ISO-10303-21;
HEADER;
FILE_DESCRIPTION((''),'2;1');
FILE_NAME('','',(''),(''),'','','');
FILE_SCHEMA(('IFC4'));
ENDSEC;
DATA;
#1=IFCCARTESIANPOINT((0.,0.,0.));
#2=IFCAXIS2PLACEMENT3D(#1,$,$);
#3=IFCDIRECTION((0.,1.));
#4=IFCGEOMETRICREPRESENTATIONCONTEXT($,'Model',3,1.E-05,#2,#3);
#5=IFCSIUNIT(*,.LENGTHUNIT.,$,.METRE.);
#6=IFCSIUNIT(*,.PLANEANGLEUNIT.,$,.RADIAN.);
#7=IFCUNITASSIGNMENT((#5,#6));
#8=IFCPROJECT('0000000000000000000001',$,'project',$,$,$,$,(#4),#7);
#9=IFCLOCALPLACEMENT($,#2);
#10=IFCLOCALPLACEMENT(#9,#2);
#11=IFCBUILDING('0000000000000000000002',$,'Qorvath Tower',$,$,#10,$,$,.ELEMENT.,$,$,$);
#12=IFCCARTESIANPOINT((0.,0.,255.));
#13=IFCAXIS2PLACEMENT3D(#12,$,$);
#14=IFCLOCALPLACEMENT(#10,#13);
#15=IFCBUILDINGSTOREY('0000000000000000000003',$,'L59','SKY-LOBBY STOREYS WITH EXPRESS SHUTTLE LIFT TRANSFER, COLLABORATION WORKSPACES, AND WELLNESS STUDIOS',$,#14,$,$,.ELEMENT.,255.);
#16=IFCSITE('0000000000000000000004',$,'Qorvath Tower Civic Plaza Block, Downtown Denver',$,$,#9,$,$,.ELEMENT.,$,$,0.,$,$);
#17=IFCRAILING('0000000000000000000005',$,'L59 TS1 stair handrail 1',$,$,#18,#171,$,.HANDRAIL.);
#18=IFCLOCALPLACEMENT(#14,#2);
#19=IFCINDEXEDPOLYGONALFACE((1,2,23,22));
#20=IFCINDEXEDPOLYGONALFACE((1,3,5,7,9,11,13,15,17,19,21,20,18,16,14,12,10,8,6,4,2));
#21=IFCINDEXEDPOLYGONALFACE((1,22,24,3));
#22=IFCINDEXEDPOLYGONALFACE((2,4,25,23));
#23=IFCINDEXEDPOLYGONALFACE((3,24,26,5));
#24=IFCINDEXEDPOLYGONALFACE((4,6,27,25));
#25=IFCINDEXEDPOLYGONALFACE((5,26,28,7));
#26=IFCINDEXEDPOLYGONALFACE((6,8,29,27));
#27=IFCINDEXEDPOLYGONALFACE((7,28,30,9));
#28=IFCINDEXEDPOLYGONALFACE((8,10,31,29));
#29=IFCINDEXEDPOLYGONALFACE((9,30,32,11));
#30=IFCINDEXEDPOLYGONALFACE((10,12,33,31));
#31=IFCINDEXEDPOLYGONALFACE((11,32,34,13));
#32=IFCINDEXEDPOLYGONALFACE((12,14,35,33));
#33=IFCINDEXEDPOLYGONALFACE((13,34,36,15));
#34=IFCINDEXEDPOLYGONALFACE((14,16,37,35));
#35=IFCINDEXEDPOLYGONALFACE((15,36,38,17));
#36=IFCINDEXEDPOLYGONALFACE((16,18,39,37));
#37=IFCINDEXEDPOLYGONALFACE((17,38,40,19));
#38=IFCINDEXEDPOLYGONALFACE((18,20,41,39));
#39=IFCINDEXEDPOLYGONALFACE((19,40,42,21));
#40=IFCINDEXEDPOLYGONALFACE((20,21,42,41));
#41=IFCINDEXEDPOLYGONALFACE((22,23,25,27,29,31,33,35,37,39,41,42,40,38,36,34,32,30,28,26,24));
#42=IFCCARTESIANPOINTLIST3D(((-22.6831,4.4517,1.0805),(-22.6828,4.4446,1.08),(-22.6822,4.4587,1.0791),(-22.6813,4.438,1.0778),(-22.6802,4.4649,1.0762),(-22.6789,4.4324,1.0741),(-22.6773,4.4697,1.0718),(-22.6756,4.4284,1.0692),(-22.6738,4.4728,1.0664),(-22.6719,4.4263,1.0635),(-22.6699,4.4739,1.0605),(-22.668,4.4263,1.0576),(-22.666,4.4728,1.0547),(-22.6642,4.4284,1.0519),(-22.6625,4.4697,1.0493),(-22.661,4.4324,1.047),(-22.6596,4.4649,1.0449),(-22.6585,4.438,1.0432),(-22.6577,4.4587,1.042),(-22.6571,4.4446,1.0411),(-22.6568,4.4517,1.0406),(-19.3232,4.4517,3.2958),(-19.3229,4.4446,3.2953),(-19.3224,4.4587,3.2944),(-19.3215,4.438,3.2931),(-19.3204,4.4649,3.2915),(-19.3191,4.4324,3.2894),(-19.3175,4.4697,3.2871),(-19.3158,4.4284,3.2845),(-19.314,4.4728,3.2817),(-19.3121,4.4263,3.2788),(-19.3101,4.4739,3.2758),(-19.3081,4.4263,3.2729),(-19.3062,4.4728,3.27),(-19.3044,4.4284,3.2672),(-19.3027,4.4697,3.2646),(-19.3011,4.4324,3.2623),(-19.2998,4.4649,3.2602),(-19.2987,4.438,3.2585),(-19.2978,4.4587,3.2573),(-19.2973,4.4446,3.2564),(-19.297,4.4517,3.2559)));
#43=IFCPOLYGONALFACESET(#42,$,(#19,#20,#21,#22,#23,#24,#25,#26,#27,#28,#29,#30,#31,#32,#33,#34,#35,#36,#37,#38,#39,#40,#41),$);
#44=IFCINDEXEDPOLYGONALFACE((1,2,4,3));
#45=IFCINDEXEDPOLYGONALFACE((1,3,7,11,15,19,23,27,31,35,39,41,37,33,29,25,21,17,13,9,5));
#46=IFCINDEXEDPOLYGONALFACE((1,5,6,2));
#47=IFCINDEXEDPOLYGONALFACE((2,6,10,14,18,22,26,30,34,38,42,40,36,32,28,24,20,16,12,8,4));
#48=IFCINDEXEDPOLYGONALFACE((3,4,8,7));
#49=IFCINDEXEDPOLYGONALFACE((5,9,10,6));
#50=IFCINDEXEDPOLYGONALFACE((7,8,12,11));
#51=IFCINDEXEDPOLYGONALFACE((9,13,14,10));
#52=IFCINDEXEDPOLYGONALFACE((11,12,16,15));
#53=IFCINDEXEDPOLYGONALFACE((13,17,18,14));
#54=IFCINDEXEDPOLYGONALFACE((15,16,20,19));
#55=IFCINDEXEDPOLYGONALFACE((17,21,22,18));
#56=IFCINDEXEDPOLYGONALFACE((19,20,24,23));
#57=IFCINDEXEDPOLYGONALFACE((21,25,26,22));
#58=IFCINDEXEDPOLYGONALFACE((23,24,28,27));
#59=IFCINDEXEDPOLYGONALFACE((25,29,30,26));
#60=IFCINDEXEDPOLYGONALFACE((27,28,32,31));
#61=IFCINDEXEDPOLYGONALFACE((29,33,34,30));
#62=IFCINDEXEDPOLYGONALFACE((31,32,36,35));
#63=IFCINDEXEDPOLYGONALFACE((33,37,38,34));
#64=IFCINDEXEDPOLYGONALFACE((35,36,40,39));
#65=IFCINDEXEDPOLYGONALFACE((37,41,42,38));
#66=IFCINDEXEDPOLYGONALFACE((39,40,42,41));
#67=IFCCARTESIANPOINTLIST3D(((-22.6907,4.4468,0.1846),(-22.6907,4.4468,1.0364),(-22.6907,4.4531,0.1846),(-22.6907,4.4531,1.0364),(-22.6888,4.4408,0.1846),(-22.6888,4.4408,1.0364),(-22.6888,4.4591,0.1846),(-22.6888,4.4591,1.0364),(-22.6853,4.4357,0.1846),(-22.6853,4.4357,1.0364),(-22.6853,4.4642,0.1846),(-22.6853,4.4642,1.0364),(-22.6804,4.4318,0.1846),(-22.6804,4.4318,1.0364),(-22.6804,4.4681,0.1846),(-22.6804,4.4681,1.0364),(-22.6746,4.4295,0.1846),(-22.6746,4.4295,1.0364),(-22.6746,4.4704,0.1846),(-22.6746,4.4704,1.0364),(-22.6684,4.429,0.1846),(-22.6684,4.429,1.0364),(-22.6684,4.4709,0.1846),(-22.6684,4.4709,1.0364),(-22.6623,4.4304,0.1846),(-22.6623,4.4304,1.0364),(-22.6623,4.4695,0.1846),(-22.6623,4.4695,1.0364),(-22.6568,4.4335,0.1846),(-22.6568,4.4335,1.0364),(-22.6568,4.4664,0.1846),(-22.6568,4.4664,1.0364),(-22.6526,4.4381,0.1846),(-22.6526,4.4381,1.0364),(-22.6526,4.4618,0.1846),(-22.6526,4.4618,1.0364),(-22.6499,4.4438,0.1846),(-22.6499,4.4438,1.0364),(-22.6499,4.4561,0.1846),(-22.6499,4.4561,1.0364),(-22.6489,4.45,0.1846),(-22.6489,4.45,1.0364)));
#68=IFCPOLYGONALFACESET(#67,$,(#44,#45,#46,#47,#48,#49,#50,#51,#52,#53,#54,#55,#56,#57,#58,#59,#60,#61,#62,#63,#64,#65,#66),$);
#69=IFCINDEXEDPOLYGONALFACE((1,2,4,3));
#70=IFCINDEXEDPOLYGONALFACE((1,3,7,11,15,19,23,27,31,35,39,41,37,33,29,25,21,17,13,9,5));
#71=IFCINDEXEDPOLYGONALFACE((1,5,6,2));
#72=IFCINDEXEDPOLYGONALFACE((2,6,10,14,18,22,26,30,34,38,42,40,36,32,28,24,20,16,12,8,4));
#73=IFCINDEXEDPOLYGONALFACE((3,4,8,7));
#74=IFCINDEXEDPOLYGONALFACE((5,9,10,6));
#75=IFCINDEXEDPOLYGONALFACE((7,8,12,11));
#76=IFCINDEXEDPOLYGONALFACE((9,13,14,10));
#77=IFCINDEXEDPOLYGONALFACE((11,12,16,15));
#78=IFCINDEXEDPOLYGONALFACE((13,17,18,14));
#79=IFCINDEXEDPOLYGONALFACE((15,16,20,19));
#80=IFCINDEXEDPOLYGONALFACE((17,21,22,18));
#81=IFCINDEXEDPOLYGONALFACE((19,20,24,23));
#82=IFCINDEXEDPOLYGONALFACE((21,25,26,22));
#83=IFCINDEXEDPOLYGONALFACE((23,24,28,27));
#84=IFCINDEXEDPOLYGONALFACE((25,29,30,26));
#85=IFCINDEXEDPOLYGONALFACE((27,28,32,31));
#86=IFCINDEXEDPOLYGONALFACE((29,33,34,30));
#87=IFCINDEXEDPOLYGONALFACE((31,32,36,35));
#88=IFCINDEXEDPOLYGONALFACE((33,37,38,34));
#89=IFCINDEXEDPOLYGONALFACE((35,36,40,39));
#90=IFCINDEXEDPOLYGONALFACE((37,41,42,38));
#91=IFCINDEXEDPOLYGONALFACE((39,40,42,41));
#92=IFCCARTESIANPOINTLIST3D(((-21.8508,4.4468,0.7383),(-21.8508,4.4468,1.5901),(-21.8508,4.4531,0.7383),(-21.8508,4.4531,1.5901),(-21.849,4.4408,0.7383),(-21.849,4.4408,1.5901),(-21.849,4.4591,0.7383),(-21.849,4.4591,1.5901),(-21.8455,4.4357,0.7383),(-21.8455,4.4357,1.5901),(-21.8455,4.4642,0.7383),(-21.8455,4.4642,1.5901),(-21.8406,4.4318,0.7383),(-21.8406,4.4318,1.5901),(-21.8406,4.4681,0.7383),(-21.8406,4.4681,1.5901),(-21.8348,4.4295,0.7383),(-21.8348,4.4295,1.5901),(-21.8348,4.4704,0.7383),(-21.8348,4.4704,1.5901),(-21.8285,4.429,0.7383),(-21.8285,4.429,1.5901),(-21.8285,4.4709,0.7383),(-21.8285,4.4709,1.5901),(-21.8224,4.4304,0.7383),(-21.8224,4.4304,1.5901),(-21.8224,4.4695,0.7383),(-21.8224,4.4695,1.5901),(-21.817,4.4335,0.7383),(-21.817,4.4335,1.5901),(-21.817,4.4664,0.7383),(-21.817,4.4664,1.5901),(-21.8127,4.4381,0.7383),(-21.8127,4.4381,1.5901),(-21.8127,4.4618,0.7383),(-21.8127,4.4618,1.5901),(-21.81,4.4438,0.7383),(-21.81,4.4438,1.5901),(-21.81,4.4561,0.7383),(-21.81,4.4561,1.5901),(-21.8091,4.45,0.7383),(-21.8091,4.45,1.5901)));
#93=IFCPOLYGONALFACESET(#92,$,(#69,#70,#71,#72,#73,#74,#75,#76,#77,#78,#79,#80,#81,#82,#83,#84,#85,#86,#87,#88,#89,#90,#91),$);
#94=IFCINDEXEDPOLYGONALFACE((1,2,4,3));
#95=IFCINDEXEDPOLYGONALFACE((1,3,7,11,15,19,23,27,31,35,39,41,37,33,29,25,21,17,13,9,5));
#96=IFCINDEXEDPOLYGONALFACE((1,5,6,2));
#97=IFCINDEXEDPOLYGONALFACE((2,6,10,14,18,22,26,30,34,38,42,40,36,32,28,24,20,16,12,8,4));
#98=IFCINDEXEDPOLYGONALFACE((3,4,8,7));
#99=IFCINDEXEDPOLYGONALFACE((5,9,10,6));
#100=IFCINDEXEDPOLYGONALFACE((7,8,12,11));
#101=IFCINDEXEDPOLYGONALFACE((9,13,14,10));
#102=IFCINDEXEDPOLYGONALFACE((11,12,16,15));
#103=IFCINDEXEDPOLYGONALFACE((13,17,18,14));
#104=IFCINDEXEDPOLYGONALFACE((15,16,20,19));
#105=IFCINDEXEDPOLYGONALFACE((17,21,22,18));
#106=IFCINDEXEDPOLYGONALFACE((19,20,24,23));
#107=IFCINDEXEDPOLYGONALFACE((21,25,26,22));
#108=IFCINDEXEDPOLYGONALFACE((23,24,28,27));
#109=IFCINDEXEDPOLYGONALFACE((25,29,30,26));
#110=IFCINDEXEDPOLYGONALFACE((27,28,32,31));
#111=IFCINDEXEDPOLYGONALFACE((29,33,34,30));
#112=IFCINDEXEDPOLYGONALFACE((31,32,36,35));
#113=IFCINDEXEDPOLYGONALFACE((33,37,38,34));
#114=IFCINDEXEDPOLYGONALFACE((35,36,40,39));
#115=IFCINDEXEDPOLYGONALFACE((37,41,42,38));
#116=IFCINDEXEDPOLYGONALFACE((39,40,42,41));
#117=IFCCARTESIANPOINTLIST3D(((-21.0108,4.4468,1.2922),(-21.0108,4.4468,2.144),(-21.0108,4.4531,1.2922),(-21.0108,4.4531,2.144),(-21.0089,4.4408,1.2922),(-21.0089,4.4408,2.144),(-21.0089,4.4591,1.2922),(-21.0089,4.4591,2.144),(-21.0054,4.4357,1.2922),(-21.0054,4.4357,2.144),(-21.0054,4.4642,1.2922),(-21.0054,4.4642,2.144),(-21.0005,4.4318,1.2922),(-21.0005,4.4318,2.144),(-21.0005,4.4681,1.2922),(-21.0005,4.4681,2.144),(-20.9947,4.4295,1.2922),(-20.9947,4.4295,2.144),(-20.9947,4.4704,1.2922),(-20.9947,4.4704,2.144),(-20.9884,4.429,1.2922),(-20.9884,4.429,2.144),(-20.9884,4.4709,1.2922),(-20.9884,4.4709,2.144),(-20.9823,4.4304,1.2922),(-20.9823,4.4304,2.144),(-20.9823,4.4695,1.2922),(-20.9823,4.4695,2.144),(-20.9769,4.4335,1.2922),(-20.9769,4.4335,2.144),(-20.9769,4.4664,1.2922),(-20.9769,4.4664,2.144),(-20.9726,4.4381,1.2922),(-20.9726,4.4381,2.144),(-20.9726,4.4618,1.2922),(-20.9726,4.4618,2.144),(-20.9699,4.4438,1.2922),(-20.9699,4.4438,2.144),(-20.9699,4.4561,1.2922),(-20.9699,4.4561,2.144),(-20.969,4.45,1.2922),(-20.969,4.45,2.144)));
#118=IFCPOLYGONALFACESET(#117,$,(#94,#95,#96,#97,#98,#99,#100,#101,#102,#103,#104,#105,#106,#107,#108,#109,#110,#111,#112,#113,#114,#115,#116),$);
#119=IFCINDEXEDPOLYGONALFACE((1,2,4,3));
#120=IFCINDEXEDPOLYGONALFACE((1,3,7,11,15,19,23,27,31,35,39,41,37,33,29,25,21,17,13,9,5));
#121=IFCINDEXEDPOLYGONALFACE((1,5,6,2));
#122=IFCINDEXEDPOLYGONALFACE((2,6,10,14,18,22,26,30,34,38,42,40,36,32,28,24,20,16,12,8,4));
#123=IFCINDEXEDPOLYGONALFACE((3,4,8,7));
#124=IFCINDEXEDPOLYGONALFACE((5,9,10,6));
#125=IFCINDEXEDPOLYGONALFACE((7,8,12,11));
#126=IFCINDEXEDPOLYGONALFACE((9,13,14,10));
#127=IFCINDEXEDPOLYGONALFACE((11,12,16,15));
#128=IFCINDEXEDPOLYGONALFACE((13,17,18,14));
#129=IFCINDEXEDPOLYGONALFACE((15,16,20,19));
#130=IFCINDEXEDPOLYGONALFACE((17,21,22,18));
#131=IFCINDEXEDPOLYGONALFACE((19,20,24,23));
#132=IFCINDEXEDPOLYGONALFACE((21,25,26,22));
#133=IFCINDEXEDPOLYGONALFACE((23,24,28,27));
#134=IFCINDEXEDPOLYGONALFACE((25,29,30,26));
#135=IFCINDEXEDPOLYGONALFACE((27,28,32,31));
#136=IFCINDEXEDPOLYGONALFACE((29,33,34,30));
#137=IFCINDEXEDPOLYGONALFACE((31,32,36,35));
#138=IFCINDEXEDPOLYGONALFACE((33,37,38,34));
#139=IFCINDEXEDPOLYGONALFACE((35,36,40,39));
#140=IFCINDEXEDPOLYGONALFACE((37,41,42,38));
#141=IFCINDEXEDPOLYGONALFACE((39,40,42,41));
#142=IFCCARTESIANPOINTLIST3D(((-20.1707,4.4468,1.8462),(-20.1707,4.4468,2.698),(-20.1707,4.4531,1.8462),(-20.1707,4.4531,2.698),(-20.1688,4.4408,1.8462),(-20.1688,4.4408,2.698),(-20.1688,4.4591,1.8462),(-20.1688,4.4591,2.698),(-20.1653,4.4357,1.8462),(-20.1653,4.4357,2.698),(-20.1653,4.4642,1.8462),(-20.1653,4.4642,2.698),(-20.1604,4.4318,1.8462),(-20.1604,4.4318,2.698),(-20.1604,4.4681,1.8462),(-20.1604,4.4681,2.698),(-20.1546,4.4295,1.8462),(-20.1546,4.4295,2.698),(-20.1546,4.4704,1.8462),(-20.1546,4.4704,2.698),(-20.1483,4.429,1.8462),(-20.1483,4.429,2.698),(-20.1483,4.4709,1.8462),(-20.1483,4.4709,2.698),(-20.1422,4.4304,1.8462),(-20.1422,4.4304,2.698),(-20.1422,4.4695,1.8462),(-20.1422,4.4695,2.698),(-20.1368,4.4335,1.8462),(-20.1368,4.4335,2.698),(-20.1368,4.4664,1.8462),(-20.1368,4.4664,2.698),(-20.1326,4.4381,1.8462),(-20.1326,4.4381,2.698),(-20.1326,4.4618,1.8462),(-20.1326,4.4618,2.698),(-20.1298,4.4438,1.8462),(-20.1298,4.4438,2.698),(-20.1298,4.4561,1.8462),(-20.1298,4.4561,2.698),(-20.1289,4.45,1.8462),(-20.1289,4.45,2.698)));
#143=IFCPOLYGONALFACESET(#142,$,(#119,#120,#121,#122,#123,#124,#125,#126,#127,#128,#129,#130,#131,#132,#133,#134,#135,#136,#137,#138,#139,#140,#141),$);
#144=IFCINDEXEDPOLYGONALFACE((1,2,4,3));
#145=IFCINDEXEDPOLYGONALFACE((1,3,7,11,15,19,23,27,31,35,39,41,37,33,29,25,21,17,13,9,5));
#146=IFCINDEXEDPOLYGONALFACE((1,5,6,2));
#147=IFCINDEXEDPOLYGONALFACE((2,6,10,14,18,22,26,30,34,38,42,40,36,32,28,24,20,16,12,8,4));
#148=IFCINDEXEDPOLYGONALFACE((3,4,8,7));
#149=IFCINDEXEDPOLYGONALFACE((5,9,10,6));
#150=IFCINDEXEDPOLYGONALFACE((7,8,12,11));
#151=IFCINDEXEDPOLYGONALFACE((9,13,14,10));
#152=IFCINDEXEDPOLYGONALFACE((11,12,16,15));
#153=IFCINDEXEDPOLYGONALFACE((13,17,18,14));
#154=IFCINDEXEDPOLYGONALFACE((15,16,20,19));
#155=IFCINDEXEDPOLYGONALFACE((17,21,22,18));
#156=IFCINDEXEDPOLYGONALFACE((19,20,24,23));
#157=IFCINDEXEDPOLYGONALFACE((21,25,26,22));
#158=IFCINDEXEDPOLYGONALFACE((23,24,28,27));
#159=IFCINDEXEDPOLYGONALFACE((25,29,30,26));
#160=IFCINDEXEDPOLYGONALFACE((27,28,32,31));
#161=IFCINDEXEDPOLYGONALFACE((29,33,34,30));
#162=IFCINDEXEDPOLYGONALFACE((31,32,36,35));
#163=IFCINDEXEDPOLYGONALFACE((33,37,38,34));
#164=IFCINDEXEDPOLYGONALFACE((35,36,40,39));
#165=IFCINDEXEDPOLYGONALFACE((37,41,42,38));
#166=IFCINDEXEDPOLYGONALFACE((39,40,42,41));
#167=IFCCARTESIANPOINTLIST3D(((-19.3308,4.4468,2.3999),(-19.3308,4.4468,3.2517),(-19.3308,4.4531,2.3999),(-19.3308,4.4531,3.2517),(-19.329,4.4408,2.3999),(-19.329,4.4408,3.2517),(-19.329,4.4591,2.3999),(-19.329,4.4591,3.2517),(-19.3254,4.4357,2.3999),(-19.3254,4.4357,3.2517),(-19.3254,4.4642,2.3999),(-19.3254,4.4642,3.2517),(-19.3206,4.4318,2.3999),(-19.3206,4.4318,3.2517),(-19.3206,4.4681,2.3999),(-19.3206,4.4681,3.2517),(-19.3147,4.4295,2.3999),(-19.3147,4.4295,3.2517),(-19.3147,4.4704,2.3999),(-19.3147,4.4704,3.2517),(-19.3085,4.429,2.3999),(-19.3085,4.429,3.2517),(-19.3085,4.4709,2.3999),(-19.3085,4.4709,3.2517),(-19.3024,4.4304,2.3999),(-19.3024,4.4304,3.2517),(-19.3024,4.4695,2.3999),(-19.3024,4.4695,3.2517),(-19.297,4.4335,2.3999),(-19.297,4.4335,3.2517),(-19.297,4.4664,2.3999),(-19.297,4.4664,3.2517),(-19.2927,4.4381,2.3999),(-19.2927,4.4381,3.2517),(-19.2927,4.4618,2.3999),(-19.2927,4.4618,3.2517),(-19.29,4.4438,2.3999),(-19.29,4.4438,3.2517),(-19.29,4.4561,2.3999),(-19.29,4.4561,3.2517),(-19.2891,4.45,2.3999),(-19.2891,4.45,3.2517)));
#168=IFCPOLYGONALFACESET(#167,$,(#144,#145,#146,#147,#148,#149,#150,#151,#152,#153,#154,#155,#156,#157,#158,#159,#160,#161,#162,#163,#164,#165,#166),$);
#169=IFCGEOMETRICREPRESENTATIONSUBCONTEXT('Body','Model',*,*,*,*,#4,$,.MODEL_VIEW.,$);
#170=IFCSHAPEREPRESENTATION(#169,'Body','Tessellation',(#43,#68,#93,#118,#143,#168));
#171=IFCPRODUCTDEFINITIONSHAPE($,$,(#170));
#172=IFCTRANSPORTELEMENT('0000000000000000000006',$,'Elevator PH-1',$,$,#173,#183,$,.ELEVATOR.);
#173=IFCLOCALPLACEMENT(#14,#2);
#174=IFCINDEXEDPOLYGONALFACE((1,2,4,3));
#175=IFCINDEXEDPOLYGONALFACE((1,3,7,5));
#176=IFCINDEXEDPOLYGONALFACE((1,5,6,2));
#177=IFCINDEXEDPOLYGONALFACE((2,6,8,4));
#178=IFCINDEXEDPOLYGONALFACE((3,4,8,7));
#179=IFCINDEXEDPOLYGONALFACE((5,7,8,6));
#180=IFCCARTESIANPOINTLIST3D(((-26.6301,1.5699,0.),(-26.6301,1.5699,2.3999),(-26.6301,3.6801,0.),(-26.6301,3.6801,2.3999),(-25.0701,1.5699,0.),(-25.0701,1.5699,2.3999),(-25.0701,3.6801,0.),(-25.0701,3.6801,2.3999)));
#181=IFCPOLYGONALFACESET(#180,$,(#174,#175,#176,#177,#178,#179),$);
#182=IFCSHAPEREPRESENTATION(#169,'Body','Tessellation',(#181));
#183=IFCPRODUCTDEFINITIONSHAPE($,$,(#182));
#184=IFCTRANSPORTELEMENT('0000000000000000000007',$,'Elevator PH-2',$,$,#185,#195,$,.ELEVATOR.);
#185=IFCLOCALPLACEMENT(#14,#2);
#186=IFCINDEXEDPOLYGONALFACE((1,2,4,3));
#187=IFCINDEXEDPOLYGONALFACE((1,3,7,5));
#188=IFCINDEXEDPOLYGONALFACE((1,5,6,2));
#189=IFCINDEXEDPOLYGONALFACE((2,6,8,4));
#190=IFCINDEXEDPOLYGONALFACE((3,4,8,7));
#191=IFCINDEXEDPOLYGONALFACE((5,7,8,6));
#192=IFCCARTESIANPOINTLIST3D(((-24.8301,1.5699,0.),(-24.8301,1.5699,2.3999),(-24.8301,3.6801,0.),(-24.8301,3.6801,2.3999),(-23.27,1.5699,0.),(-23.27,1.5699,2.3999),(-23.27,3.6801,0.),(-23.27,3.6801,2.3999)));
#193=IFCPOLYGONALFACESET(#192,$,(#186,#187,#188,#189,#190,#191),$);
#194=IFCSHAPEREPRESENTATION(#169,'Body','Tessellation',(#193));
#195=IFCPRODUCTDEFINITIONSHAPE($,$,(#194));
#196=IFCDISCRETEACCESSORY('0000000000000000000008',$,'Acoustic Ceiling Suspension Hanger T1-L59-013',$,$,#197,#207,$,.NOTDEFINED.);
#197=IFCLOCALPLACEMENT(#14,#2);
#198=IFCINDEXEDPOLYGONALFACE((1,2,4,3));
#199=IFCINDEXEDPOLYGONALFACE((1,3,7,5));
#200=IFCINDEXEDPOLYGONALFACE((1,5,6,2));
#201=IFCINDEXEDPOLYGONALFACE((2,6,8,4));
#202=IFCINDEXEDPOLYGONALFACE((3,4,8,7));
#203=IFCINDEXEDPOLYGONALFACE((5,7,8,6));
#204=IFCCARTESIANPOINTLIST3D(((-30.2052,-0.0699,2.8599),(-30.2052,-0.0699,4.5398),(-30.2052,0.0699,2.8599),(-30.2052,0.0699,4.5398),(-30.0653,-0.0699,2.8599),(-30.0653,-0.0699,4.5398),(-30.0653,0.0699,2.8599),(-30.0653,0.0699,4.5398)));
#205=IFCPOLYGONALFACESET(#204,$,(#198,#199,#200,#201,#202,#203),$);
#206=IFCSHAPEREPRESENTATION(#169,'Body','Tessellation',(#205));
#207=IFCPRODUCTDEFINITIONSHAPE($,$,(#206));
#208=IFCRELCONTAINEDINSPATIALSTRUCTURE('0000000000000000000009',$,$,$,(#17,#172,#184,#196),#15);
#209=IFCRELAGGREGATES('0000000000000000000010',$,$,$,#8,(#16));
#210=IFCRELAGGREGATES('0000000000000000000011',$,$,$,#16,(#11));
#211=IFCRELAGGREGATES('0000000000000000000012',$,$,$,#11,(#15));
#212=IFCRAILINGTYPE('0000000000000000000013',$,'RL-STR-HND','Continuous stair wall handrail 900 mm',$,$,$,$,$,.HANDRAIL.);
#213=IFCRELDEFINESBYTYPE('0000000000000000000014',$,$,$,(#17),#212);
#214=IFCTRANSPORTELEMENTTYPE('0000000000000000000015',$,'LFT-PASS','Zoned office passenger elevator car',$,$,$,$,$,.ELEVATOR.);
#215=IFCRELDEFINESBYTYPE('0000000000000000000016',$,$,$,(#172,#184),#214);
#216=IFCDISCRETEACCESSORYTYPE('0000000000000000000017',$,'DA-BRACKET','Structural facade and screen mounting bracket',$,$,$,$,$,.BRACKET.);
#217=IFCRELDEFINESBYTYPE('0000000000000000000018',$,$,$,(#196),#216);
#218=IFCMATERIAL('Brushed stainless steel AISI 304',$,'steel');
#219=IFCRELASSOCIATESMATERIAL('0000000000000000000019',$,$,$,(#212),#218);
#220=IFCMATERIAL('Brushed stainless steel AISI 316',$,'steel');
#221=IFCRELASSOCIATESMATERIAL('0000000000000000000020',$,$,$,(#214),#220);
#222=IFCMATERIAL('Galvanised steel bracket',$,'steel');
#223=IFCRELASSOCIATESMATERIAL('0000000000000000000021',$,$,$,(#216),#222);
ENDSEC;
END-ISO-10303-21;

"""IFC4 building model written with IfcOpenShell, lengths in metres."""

from ifc_helpers import new_model, si_unit, direction, frame, origin, origin_2d, place, context, subcontext, project, spatial, rectangle, circle, extrude, material, type_object, element, save


model = new_model("IFC4")

# Units and contexts
model_context = context("Model", 3, precision=1e-05, world=origin(), true_north=direction((0.0, 1.0)))
body_context = subcontext(model_context, "Body", "Model", "MODEL_VIEW")
ifc_project = project(units=[si_unit("LENGTHUNIT", "METRE"), si_unit("PLANEANGLEUNIT", "RADIAN")], contexts=[model_context])

# Site, building, storey
site_placement = place(None, origin())
site = spatial("IfcSite", under=ifc_project, at=site_placement, Name="Qorvath Tower Civic Plaza Block, Downtown Denver", CompositionType="ELEMENT", RefElevation=0.0)
building_placement = place(site_placement, origin())
building = spatial("IfcBuilding", under=site, at=building_placement, Name="Qorvath Tower", CompositionType="ELEMENT")
storey_placement = place(building_placement, frame((0.0, 0.0, 255.0)))
storey = spatial("IfcBuildingStorey", under=building, at=storey_placement, Name="L59", Description="SKY-LOBBY STOREYS WITH EXPRESS SHUTTLE LIFT TRANSFER, COLLABORATION WORKSPACES, AND WELLNESS STUDIOS", CompositionType="ELEMENT", Elevation=255.0)

# Railing
ifc_material_1 = material(Name="Brushed stainless steel AISI 304", Category="steel")
railing_type_1 = type_object("IfcRailingType", Name="RL-STR-HND", Description="Continuous stair wall handrail 900 mm", PredefinedType="HANDRAIL", material=ifc_material_1)
railing_1_placement = place(storey_placement, frame((-22.6699, 4.45, 0.1846)))
element("IfcRailing", 1, at=railing_1_placement, inside=storey, type_object=railing_type_1, Name="L59 TS1 stair handrail 1", PredefinedType="HANDRAIL", context=body_context, shape_type="SweptSolid", body=[
    extrude(circle(Radius=0.0239, at=origin_2d()), frame((0.0, 0.0, 0.876), z_axis=(0.834858, 0.0, 0.550465), x_axis=(0.0, 1.0, 0.0)), (0.0, 0.0, 1.0), 4.0244),
    extrude(circle(Radius=0.021, at=origin_2d()), origin(), (0.0, 0.0, 1.0), 0.8518),
    extrude(circle(Radius=0.021, at=origin_2d()), frame((0.8398, 0.0, 0.5537)), (0.0, 0.0, 1.0), 0.8518),
    extrude(circle(Radius=0.021, at=origin_2d()), frame((1.6799, 0.0, 1.1077)), (0.0, 0.0, 1.0), 0.8518),
    extrude(circle(Radius=0.021, at=origin_2d()), frame((2.52, 0.0, 1.6616)), (0.0, 0.0, 1.0), 0.8518),
    extrude(circle(Radius=0.021, at=origin_2d()), frame((3.3599, 0.0, 2.2153)), (0.0, 0.0, 1.0), 0.8518),
])

# Transport elements
ifc_material_2 = material(Name="Brushed stainless steel AISI 316", Category="steel")
transport_element_type = type_object("IfcTransportElementType", Name="LFT-PASS", Description="Zoned office passenger elevator car", PredefinedType="ELEVATOR", material=ifc_material_2)
for number, where, z_axis, x_axis, name in (
    (2, (-25.8501, 2.625, 0.0), (0.0, 0.0, 1.0), (1.0, 0.0, 0.0), "Elevator PH-1"),
    (3, (-24.05, 2.625, 0.0), (0.0, 0.0, 1.0), (1.0, 0.0, 0.0), "Elevator PH-2"),
):
    element("IfcTransportElement", number, at=place(storey_placement, frame(where, z_axis=z_axis, x_axis=x_axis)), inside=storey, type_object=transport_element_type, Name=name, PredefinedType="ELEVATOR", context=body_context, shape_type="SweptSolid", body=[
        extrude(rectangle(XDim=1.5601, YDim=2.1101, at=origin_2d()), origin(), (0.0, 0.0, 1.0), 2.3999),
    ])

# Discrete accessory
ifc_material_3 = material(Name="Galvanised steel bracket", Category="steel")
discrete_accessory_type = type_object("IfcDiscreteAccessoryType", Name="DA-BRACKET", Description="Structural facade and screen mounting bracket", PredefinedType="BRACKET", material=ifc_material_3)
discrete_accessory_placement = place(storey_placement, frame((-30.1353, 0.0, 2.8599), z_axis=(0.0, 0.0, 1.0), x_axis=(1.0, 0.0, 0.0)))
element("IfcDiscreteAccessory", 4, at=discrete_accessory_placement, inside=storey, type_object=discrete_accessory_type, Name="Acoustic Ceiling Suspension Hanger T1-L59-013", PredefinedType="NOTDEFINED", context=body_context, shape_type="SweptSolid", body=[
    extrude(rectangle(XDim=0.1399, YDim=0.1399, at=origin_2d()), origin(), (0.0, 0.0, 1.0), 1.6799),
])

save(model, "model.ifc")
